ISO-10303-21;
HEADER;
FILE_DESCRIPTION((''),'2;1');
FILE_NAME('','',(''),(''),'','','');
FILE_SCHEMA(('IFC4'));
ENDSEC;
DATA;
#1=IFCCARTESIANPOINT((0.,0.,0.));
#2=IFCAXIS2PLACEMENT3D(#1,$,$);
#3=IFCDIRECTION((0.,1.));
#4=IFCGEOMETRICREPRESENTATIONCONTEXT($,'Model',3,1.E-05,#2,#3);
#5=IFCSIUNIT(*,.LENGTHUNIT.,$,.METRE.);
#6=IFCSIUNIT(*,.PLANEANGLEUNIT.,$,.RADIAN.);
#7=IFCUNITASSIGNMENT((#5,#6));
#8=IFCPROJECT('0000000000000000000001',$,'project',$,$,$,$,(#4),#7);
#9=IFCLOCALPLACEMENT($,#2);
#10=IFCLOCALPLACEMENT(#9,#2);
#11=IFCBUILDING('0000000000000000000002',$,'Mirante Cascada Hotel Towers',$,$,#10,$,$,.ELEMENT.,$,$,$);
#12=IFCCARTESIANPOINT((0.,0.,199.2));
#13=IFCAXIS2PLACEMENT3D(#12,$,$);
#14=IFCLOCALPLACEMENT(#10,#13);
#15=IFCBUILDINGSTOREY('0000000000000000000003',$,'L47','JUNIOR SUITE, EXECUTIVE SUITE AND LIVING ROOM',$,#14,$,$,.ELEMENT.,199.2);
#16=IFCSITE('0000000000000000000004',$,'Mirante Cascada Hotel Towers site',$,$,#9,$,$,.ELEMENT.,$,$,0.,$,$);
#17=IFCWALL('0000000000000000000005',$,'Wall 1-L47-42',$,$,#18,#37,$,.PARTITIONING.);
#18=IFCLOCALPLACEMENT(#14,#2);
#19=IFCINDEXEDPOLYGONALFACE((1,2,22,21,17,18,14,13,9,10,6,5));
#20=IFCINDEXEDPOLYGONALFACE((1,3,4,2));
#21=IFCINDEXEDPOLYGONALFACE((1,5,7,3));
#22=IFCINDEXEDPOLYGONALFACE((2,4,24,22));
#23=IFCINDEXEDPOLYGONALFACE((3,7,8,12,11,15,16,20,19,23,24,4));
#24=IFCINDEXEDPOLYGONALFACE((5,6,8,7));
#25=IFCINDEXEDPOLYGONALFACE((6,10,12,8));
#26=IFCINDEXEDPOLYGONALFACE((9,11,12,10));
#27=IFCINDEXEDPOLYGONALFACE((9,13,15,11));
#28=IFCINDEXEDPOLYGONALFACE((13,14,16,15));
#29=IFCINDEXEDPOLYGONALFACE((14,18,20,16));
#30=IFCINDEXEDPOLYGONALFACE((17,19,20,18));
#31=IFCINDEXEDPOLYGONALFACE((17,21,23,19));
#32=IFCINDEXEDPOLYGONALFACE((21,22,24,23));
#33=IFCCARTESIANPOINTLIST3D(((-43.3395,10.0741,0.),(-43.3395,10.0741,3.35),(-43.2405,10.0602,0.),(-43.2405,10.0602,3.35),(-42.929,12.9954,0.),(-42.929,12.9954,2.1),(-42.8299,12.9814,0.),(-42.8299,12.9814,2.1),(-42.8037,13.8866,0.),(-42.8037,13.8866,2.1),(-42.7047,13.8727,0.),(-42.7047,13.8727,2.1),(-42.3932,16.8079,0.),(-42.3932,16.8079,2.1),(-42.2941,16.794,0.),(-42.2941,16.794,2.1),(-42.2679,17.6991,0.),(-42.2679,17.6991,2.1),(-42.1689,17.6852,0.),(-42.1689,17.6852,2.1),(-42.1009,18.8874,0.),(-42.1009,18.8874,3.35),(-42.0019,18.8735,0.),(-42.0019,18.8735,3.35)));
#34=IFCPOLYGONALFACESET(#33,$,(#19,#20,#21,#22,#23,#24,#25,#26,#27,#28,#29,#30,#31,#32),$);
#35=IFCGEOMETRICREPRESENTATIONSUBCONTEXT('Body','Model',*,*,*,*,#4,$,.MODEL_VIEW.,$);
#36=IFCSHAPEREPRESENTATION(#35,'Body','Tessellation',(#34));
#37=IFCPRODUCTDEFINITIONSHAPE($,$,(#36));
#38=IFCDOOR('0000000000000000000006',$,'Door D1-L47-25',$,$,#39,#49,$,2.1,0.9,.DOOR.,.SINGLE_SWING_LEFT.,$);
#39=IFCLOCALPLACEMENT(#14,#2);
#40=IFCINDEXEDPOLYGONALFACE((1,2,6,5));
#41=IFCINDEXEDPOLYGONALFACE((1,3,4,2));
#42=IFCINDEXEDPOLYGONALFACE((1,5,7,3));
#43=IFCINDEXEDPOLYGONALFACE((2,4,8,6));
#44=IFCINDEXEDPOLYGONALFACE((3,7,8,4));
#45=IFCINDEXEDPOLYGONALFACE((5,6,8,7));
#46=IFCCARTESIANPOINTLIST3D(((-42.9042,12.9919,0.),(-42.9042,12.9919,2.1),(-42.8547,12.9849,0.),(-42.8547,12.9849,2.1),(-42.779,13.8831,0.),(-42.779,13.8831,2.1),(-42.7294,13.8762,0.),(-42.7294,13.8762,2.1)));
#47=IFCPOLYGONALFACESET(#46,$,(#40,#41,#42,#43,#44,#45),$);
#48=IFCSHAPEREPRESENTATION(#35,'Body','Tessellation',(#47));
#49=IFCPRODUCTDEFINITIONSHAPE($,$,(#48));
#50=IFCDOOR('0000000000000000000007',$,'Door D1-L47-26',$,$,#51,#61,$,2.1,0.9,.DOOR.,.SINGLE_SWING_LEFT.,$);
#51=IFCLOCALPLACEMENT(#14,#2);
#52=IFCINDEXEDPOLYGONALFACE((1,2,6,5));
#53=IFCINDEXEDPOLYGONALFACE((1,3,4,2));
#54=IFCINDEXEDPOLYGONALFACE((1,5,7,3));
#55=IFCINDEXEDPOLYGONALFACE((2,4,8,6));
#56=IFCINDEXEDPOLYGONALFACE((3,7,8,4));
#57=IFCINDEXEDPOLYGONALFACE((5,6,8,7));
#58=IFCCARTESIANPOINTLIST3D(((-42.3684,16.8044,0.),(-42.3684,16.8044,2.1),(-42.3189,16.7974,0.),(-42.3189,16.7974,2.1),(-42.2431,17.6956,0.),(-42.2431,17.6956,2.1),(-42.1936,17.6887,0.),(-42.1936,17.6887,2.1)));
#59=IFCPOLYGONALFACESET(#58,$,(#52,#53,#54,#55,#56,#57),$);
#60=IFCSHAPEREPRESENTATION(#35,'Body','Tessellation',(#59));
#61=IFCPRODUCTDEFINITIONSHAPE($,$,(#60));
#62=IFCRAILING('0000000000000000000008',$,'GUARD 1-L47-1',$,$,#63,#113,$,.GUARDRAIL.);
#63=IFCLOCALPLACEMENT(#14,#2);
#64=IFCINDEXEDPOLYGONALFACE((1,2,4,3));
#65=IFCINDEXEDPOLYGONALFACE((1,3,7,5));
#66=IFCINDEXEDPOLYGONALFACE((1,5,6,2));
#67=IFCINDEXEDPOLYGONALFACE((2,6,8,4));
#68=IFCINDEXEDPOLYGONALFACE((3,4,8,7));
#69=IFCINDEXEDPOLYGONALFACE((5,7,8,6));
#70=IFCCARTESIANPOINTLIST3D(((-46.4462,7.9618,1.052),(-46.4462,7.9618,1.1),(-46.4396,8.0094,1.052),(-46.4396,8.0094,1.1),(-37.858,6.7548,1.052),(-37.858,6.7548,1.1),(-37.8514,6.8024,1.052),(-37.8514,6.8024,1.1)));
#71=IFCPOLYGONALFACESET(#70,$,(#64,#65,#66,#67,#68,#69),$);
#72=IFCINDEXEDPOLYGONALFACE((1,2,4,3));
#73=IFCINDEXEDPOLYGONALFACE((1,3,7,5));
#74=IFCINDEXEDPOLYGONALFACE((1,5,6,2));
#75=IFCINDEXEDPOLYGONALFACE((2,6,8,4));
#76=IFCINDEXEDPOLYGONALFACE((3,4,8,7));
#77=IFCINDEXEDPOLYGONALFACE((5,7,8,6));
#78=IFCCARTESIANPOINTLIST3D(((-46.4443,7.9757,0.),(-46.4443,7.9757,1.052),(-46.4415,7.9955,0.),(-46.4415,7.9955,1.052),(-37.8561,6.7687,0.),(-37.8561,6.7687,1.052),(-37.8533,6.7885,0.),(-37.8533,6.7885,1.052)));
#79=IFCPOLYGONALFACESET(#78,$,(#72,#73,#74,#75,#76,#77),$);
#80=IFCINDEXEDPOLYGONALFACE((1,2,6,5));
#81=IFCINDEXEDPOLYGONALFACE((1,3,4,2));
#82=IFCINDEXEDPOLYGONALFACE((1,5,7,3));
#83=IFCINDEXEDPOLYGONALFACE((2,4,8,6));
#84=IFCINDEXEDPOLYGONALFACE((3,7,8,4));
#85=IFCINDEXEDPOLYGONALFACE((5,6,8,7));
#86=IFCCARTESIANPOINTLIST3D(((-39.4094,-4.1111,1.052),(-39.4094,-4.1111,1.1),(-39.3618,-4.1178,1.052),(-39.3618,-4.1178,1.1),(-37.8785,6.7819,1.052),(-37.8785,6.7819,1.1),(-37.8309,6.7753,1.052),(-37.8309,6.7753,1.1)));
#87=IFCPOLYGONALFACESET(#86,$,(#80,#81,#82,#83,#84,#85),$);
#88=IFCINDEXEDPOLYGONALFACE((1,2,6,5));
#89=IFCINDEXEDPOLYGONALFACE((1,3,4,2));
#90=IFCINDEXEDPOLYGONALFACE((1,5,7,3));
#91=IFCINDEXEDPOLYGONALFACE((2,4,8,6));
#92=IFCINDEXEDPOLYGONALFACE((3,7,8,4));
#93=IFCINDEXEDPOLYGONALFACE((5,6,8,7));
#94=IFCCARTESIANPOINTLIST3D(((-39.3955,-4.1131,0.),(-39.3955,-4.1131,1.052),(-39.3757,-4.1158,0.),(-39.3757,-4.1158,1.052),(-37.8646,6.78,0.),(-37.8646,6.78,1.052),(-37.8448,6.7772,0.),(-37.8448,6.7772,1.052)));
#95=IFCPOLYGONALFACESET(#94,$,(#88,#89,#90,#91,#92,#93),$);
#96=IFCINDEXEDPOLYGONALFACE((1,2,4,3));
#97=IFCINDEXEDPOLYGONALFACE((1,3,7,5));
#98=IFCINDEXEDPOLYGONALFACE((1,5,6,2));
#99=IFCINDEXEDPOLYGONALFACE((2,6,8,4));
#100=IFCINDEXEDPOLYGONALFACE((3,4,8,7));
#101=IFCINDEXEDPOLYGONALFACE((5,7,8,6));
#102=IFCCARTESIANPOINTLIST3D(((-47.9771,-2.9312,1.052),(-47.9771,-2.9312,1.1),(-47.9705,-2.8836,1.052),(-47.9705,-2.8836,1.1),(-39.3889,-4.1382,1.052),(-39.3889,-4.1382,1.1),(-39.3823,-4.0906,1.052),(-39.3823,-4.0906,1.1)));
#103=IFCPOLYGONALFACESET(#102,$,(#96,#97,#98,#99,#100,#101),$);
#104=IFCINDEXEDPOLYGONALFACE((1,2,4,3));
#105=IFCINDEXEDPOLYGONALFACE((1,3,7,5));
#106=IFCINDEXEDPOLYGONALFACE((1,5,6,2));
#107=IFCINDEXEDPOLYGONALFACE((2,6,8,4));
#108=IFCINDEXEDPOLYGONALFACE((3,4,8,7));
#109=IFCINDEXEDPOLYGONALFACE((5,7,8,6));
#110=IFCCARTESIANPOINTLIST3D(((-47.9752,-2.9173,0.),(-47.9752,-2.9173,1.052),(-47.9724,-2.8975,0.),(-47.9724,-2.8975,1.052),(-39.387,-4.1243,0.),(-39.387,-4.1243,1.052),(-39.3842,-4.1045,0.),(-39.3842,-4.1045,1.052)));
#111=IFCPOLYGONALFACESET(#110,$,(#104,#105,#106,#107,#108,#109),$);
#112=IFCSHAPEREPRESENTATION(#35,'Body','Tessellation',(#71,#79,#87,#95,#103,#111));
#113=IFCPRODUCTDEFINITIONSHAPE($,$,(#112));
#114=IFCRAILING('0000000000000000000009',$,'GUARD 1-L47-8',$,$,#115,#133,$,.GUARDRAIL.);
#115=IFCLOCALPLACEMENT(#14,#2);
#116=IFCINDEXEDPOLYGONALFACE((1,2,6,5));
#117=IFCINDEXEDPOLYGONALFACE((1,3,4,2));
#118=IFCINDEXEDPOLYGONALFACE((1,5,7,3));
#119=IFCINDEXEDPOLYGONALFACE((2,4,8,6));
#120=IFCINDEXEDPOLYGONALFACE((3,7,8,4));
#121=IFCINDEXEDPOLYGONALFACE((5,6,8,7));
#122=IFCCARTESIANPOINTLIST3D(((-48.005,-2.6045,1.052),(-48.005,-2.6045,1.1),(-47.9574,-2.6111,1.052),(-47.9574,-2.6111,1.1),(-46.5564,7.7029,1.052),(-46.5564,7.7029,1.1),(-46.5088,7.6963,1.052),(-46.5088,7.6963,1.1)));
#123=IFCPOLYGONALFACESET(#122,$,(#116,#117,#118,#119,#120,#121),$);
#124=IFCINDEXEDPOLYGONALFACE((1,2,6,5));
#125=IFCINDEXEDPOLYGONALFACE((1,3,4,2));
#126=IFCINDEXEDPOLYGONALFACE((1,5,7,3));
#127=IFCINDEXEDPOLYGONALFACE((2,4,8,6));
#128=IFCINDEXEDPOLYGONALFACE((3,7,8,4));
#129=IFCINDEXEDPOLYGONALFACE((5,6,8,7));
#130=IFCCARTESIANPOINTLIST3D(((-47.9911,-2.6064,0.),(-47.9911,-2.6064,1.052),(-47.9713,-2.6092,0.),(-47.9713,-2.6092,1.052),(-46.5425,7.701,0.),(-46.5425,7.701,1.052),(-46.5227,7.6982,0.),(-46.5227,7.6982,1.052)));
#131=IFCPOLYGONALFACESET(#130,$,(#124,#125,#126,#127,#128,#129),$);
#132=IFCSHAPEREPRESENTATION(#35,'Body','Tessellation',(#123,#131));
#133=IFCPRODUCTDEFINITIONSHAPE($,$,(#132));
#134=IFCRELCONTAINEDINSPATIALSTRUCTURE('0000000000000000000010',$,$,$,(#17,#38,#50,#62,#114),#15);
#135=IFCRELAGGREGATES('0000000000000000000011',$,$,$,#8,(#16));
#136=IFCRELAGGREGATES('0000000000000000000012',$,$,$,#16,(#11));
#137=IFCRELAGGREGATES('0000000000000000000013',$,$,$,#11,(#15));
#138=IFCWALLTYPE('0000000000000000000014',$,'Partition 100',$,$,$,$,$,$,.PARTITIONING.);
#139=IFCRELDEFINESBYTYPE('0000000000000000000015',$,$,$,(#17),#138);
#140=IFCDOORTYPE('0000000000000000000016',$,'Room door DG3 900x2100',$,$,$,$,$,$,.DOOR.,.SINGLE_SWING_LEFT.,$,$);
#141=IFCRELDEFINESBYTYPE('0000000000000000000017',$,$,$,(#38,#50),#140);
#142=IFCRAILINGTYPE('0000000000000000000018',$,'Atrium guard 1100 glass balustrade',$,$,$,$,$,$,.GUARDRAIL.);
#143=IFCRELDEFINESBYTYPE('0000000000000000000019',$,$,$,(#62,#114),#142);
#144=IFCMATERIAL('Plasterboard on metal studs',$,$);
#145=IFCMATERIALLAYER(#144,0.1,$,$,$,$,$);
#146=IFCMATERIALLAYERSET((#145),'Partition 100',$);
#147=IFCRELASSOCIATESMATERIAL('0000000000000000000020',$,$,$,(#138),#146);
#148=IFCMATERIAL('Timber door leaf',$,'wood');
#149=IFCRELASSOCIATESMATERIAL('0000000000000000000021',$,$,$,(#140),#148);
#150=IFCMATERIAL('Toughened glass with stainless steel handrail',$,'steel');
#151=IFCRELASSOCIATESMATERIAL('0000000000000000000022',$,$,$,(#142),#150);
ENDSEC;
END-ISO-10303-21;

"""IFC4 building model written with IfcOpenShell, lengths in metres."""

from ifc_helpers import new_model, si_unit, direction, frame, frame_2d, origin, origin_2d, place, context, subcontext, project, spatial, rectangle, extrude, material, layer, layer_set, type_object, element, fill, save


model = new_model("IFC4")

# Units and contexts
model_context = context("Model", 3, precision=1e-05, world=origin(), true_north=direction((0.0, 1.0)))
body_context = subcontext(model_context, "Body", "Model", "MODEL_VIEW")
ifc_project = project(units=[si_unit("LENGTHUNIT", "METRE"), si_unit("PLANEANGLEUNIT", "RADIAN")], contexts=[model_context])

# Site, building, storey
site_placement = place(None, origin())
site = spatial("IfcSite", under=ifc_project, at=site_placement, Name="Mirante Cascada Hotel Towers site", CompositionType="ELEMENT", RefElevation=0.0)
building_placement = place(site_placement, origin())
building = spatial("IfcBuilding", under=site, at=building_placement, Name="Mirante Cascada Hotel Towers", CompositionType="ELEMENT")
storey_placement = place(building_placement, frame((0.0, 0.0, 199.2)))
storey = spatial("IfcBuildingStorey", under=building, at=storey_placement, Name="L47", Description="JUNIOR SUITE, EXECUTIVE SUITE AND LIVING ROOM", CompositionType="ELEMENT", Elevation=199.2)

# Shared definitions
ifc_material_1 = material(Name="Plasterboard on metal studs")
ifc_layer_1 = layer(ifc_material_1, 0.1)
ifc_layer_set_1 = layer_set([ifc_layer_1], Name="Partition 100")
wall_type_1 = type_object("IfcWallType", Name="Partition 100", PredefinedType="PARTITIONING", material=ifc_layer_set_1)
ifc_material_2 = material(Name="Timber door leaf", Category="wood")
door_type_1 = type_object("IfcDoorType", Name="Room door DG3 900x2100", OperationType="SINGLE_SWING_LEFT", PredefinedType="DOOR", material=ifc_material_2)

# Wall, openings, doors
wall_1_placement = place(storey_placement, frame((-43.29, 10.0671, 0.0), z_axis=(0.0, 0.0, 1.0), x_axis=(0.13917, 0.990268, 0.0)))
wall_1 = element("IfcWall", 1, at=wall_1_placement, inside=storey, type_object=wall_type_1, Name="Wall 1-L47-42", PredefinedType="PARTITIONING", context=body_context, shape_type="SweptSolid", body=[
    extrude(rectangle(XDim=8.8999, YDim=0.1, at=frame_2d((4.45, 0.0))), origin(), (0.0, 0.0, 1.0), 3.35),
])
opening_1_placement = place(wall_1_placement, frame((2.95, 0.0, 0.0)))
opening_1 = element("IfcOpeningElement", 2, at=opening_1_placement, cuts=wall_1, PredefinedType="OPENING", context=body_context, shape_type="SweptSolid", body=[
    extrude(rectangle(XDim=0.9, YDim=2.1, at=frame_2d((0.45, 1.05))), frame((0.0, 0.05, 0.0), z_axis=(0.0, -1.0, 0.0), x_axis=(1.0, 0.0, 0.0)), (0.0, 0.0, 1.0), 0.1),
])
opening_2_placement = place(wall_1_placement, frame((6.8, 0.0, 0.0)))
opening_2 = element("IfcOpeningElement", 3, at=opening_2_placement, cuts=wall_1, PredefinedType="OPENING", context=body_context, shape_type="SweptSolid", body=[
    extrude(rectangle(XDim=0.9, YDim=2.1, at=frame_2d((0.45, 1.05))), frame((0.0, 0.05, 0.0), z_axis=(0.0, -1.0, 0.0), x_axis=(1.0, 0.0, 0.0)), (0.0, 0.0, 1.0), 0.1),
])
door_1_placement = place(opening_1_placement, origin())
door_1 = element("IfcDoor", 4, at=door_1_placement, inside=storey, type_object=door_type_1, Name="Door D1-L47-25", OperationType="SINGLE_SWING_LEFT", OverallHeight=2.1, OverallWidth=0.9, PredefinedType="DOOR", context=body_context, shape_type="SweptSolid", body=[
    extrude(rectangle(XDim=0.9, YDim=2.1, at=frame_2d((0.45, 1.05))), frame((0.0, 0.025, 0.0), z_axis=(0.0, -1.0, 0.0), x_axis=(1.0, 0.0, 0.0)), (0.0, 0.0, 1.0), 0.05),
])
fill(opening_1, door_1)
door_2_placement = place(opening_2_placement, origin())
door_2 = element("IfcDoor", 5, at=door_2_placement, inside=storey, type_object=door_type_1, Name="Door D1-L47-26", OperationType="SINGLE_SWING_LEFT", OverallHeight=2.1, OverallWidth=0.9, PredefinedType="DOOR", context=body_context, shape_type="SweptSolid", body=[
    extrude(rectangle(XDim=0.9, YDim=2.1, at=frame_2d((0.45, 1.05))), frame((0.0, 0.025, 0.0), z_axis=(0.0, -1.0, 0.0), x_axis=(1.0, 0.0, 0.0)), (0.0, 0.0, 1.0), 0.05),
])
fill(opening_2, door_2)

# Railings
ifc_material_3 = material(Name="Toughened glass with stainless steel handrail", Category="steel")
railing_type = type_object("IfcRailingType", Name="Atrium guard 1100 glass balustrade", PredefinedType="GUARDRAIL", material=ifc_material_3)
railing_1_placement = place(storey_placement, frame((-46.4429, 7.9856, 0.0)))
element("IfcRailing", 6, at=railing_1_placement, inside=storey, type_object=railing_type, Name="GUARD 1-L47-1", PredefinedType="GUARDRAIL", context=body_context, shape_type="SweptSolid", body=[
    extrude(rectangle(XDim=0.048, YDim=0.048, at=origin_2d()), frame((0.0, 0.0, 1.076), z_axis=(0.990268, -0.139174, 0.0), x_axis=(0.139174, 0.990268, 0.0)), (0.0, 0.0, 1.0), 8.6726),
    extrude(rectangle(XDim=0.02, YDim=1.052, at=origin_2d()), frame((0.0, 0.0, 0.526), z_axis=(0.990268, -0.139174, 0.0), x_axis=(0.139174, 0.990268, 0.0)), (0.0, 0.0, 1.0), 8.6726),
    extrude(rectangle(XDim=0.048, YDim=0.048, at=origin_2d()), frame((8.5882, -1.207, 1.076), z_axis=(-0.139172, -0.990268, 0.0), x_axis=(0.990268, -0.139172, 0.0)), (0.0, 0.0, 1.0), 11.0001),
    extrude(rectangle(XDim=0.02, YDim=1.052, at=origin_2d()), frame((8.5882, -1.207, 0.526), z_axis=(-0.139172, -0.990268, 0.0), x_axis=(0.990268, -0.139172, 0.0)), (0.0, 0.0, 1.0), 11.0001),
    extrude(rectangle(XDim=0.048, YDim=0.048, at=origin_2d()), frame((7.0573, -12.1, 1.076), z_axis=(-0.990268, 0.139174, 0.0), x_axis=(-0.139174, -0.990268, 0.0)), (0.0, 0.0, 1.0), 8.6726),
    extrude(rectangle(XDim=0.02, YDim=1.052, at=origin_2d()), frame((7.0573, -12.1, 0.526), z_axis=(-0.990268, 0.139174, 0.0), x_axis=(-0.139174, -0.990268, 0.0)), (0.0, 0.0, 1.0), 8.6726),
])
railing_2_placement = place(storey_placement, frame((-46.5326, 7.6996, 0.0)))
element("IfcRailing", 7, at=railing_2_placement, inside=storey, type_object=railing_type, Name="GUARD 1-L47-8", PredefinedType="GUARDRAIL", context=body_context, shape_type="SweptSolid", body=[
    extrude(rectangle(XDim=0.048, YDim=0.048, at=origin_2d()), frame((0.0, 0.0, 1.076), z_axis=(-0.139172, -0.990268, 0.0), x_axis=(0.990268, -0.139172, 0.0)), (0.0, 0.0, 1.0), 10.4087),
    extrude(rectangle(XDim=0.02, YDim=1.052, at=origin_2d()), frame((0.0, 0.0, 0.526), z_axis=(-0.139172, -0.990268, 0.0), x_axis=(0.990268, -0.139172, 0.0)), (0.0, 0.0, 1.0), 10.4087),
])

save(model, "model.ifc")
